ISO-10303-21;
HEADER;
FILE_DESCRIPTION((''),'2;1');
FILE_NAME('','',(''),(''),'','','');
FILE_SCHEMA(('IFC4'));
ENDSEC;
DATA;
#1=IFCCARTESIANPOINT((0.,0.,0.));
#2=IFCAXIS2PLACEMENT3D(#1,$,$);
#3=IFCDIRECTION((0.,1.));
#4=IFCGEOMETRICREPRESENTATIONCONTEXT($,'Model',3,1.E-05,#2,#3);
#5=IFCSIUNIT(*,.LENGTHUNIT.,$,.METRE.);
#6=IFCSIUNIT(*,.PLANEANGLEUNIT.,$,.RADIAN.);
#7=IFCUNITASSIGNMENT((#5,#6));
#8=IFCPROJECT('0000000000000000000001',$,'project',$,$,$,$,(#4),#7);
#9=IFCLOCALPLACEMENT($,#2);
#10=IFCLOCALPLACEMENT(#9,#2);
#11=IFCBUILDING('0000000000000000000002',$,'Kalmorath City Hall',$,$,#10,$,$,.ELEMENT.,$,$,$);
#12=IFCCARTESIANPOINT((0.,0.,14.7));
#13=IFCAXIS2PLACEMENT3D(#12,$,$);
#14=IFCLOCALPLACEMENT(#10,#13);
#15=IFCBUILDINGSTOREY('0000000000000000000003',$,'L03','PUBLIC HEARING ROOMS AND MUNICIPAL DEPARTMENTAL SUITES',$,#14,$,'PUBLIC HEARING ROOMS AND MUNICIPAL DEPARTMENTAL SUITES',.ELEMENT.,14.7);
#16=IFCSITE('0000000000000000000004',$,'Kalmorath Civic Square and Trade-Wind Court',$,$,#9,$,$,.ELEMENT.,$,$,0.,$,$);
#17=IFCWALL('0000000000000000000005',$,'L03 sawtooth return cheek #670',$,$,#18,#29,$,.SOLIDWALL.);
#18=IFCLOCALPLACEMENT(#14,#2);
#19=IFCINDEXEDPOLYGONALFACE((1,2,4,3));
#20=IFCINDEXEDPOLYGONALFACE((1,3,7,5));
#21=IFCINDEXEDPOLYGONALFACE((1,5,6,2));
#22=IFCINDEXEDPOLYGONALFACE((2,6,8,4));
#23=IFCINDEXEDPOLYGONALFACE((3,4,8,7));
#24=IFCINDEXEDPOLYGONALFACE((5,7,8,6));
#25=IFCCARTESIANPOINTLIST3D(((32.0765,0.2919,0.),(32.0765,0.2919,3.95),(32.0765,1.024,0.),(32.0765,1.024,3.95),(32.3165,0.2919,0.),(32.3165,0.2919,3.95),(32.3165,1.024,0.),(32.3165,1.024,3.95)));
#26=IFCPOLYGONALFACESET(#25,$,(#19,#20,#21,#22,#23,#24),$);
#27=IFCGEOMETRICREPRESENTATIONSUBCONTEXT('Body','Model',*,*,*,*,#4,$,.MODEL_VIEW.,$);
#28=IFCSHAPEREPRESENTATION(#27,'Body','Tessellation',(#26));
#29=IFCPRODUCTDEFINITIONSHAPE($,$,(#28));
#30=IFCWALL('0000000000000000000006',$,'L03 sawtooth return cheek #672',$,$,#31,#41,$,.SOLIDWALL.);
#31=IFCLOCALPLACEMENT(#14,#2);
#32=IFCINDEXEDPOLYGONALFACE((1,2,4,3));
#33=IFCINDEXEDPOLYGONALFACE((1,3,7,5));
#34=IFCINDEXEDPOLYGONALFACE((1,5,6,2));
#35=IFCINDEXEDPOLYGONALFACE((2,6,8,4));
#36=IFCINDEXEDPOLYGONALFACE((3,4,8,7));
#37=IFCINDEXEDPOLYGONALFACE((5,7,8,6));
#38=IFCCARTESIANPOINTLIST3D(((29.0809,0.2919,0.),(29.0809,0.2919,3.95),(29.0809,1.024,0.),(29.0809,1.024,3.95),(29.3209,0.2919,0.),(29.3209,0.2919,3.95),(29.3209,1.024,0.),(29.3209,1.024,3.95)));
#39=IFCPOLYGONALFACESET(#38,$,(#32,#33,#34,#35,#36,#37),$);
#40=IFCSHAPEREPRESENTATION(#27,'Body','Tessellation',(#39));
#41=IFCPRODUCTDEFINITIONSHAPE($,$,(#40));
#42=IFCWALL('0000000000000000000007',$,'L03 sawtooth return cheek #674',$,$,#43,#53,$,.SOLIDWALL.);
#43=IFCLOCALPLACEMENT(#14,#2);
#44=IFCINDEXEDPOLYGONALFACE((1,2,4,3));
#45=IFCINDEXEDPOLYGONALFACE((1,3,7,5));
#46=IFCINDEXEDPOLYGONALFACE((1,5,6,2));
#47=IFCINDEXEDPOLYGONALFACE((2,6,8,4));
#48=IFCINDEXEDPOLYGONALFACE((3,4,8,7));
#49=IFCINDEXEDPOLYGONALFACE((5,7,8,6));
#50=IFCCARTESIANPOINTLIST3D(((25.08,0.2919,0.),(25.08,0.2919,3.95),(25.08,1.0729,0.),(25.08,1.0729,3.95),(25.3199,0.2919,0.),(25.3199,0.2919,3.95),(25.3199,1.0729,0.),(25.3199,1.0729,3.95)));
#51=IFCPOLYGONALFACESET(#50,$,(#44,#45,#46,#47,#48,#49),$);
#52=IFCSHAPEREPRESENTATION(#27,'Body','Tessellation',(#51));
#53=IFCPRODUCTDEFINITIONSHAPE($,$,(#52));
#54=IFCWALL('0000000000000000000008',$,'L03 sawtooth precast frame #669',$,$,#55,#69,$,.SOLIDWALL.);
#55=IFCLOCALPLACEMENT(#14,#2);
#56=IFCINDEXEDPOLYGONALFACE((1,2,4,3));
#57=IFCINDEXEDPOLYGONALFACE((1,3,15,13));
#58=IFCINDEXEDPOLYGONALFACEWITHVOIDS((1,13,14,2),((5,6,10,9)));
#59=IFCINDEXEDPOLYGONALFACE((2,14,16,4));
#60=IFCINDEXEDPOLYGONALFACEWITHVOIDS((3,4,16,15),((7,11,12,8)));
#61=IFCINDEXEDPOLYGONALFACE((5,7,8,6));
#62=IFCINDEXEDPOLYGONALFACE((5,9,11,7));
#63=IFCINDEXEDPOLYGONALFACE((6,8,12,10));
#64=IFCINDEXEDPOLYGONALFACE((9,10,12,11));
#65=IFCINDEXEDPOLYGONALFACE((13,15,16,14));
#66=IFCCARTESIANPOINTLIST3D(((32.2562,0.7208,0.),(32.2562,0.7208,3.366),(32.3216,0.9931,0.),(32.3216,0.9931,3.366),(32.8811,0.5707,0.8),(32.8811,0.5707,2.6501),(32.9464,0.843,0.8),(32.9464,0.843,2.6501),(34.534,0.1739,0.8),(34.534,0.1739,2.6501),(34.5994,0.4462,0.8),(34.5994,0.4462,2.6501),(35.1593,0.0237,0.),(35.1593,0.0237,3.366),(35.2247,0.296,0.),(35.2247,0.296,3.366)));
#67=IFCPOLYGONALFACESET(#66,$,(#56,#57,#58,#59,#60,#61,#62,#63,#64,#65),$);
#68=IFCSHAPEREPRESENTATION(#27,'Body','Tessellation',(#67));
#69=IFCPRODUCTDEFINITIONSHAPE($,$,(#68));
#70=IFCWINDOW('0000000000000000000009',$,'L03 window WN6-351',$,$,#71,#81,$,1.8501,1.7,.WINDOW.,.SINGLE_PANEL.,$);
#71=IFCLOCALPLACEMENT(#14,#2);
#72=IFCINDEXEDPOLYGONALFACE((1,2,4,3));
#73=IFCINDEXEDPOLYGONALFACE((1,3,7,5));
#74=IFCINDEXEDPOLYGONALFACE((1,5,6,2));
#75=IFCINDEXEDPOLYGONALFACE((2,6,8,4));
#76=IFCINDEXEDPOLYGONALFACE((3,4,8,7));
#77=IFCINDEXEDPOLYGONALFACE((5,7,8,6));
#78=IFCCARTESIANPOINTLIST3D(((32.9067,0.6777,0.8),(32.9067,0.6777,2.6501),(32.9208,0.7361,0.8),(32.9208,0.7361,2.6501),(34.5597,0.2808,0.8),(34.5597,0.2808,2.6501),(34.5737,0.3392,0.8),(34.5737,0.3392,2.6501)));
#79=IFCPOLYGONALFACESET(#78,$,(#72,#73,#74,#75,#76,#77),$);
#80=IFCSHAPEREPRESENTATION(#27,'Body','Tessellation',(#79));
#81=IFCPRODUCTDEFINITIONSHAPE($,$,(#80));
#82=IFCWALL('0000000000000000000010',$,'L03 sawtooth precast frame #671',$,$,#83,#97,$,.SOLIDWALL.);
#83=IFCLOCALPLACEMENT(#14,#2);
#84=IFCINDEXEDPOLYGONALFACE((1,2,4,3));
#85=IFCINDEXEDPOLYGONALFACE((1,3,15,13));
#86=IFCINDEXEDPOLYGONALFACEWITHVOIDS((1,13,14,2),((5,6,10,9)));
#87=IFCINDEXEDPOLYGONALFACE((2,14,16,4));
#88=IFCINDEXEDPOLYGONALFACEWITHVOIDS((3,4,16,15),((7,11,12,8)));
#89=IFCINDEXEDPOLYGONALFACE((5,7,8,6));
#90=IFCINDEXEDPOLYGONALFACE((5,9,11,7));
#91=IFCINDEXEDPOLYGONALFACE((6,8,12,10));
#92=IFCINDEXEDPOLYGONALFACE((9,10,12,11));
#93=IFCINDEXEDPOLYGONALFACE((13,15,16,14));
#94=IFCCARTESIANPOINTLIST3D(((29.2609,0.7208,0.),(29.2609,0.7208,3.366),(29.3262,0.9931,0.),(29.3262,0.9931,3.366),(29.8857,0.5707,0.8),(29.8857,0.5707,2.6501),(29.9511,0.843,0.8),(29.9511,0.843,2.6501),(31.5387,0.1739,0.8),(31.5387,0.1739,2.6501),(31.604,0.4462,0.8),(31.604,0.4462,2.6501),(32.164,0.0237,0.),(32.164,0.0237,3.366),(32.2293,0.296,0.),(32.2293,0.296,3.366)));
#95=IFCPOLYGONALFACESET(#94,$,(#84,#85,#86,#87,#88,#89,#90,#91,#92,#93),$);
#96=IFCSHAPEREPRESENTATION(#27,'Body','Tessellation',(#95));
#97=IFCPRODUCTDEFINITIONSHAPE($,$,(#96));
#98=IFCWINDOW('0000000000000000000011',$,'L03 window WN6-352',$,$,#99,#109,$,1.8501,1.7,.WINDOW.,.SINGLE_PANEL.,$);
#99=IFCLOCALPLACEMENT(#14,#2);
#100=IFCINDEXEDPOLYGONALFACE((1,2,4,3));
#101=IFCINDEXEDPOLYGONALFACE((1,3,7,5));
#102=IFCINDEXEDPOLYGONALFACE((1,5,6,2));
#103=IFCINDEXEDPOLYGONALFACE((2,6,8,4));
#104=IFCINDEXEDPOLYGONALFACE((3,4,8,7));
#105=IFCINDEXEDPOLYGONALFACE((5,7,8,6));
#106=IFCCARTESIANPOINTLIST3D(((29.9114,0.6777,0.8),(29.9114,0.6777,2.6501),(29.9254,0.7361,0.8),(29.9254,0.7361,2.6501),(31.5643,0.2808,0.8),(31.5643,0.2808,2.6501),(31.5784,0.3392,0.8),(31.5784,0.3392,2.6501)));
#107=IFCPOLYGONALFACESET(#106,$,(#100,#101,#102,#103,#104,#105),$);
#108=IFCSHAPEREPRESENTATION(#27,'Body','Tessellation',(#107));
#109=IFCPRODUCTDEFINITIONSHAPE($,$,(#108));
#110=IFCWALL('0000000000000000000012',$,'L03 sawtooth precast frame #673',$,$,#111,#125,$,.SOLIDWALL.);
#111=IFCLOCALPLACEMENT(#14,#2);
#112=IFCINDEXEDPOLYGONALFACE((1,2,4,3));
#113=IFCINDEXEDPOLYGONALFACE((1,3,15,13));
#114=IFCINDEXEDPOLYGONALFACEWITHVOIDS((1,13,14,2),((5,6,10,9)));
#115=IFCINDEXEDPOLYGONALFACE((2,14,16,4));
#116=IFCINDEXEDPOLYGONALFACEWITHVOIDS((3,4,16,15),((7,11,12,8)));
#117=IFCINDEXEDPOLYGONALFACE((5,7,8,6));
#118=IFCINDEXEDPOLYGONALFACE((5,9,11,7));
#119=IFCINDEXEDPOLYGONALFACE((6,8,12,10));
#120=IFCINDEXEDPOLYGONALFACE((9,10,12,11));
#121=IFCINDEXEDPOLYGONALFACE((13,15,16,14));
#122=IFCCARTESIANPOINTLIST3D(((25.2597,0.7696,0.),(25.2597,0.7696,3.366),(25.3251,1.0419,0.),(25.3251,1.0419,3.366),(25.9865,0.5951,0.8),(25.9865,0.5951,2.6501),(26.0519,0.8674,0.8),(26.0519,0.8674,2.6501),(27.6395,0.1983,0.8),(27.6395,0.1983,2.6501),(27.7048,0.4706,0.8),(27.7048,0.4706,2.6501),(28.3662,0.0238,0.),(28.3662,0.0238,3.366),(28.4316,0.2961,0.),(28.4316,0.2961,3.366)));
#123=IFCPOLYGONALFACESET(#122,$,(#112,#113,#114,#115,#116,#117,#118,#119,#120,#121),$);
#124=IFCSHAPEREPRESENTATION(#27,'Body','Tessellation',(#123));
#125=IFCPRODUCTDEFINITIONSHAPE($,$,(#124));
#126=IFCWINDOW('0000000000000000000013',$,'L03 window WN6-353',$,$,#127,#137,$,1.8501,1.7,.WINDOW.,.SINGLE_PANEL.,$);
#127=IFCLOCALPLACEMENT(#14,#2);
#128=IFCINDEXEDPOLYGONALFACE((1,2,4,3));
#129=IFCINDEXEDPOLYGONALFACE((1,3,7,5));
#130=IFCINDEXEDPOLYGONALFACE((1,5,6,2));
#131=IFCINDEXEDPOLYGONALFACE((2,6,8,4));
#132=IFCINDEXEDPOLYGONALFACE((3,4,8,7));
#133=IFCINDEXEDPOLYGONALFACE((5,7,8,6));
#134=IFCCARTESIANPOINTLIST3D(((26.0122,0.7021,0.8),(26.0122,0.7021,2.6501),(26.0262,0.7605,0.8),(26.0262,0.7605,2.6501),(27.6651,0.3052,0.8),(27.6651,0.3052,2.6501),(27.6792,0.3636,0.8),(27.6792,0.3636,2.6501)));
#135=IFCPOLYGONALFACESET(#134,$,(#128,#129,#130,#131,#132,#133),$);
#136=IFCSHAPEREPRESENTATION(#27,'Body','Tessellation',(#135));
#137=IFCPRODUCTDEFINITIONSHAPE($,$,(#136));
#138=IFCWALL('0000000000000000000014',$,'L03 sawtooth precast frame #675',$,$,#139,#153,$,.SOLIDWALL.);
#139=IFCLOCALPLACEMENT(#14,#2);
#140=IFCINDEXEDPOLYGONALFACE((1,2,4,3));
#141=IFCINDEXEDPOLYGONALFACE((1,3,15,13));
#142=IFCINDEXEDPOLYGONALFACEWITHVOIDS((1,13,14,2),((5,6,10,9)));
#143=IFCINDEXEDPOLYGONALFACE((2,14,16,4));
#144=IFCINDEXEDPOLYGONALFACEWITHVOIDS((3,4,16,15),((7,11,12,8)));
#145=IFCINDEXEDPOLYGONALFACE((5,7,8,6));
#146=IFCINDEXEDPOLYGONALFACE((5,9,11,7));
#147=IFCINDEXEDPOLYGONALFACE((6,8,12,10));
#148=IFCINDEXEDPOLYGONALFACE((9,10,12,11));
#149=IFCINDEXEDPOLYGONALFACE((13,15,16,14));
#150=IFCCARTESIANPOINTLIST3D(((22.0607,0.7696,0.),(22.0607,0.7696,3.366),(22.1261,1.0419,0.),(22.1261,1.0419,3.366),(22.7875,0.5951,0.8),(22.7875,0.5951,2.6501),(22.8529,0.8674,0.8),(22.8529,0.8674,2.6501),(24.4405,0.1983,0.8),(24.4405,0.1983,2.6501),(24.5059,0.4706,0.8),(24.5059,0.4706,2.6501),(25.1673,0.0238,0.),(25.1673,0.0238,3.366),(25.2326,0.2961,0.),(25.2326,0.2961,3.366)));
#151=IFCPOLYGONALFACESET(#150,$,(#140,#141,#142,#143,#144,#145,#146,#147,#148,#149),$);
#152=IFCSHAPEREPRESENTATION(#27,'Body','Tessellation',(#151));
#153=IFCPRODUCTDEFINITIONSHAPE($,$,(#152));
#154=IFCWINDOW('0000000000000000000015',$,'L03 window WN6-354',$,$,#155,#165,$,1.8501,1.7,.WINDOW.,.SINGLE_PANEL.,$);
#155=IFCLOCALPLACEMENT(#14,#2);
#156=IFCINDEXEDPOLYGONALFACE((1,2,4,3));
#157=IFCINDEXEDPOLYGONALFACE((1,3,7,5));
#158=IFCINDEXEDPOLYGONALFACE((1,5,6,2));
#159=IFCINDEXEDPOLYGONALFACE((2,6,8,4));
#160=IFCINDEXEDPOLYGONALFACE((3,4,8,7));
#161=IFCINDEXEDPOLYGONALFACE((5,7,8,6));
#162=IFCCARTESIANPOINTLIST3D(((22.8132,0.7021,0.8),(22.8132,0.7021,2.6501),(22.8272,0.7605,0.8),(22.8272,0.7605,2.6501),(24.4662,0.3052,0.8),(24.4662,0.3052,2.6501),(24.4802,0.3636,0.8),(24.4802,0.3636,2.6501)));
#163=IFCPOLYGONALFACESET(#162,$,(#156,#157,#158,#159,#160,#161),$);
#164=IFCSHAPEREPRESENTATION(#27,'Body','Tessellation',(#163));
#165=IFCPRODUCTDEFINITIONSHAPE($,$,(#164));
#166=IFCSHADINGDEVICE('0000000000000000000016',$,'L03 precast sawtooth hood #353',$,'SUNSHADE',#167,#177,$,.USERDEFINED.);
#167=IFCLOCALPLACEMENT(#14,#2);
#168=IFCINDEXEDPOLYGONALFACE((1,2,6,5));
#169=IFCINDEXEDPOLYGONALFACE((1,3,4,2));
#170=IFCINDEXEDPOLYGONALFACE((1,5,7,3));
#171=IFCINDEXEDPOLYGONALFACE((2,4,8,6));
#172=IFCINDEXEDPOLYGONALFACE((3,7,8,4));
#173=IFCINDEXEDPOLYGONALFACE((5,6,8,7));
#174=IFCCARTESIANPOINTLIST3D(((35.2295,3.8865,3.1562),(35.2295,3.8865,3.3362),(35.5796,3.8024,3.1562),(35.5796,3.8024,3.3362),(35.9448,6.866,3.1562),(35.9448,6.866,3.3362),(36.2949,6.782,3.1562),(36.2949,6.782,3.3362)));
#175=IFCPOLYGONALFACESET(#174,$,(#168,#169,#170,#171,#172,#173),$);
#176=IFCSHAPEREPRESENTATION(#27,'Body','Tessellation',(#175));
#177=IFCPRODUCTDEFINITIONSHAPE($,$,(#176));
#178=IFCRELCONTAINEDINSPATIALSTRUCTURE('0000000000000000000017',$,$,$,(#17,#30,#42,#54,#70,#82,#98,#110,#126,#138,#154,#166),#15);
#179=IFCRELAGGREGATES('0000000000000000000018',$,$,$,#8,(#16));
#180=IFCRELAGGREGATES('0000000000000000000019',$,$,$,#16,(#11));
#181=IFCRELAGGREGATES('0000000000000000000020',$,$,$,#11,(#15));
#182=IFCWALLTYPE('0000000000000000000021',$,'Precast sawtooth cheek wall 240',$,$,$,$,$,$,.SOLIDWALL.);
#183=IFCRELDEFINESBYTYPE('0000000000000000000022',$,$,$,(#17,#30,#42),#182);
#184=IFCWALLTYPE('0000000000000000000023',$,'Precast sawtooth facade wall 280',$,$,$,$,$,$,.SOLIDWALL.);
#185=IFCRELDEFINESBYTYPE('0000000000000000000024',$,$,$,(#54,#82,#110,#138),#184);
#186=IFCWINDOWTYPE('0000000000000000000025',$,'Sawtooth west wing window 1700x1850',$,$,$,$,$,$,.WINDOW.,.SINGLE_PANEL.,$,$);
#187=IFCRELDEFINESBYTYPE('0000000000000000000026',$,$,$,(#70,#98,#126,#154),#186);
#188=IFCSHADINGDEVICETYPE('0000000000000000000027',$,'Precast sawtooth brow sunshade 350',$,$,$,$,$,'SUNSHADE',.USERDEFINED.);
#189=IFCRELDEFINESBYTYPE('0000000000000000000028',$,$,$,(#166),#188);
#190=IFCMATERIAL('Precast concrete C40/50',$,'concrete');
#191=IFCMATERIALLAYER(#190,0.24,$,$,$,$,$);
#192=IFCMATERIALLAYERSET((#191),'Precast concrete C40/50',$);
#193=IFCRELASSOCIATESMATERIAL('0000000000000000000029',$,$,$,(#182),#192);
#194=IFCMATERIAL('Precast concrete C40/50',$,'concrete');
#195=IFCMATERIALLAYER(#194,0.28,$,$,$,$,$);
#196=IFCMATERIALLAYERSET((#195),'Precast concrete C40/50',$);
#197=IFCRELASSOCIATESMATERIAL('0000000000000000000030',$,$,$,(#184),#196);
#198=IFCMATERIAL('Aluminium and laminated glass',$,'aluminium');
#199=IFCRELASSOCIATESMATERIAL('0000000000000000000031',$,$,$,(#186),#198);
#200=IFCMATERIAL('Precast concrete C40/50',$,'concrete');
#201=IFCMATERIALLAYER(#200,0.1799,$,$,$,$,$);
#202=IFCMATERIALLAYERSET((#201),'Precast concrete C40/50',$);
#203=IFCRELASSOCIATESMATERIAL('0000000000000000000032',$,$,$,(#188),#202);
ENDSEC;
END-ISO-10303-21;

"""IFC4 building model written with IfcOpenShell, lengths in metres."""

from ifc_helpers import new_model, si_unit, direction, frame, frame_2d, origin, origin_2d, place, context, subcontext, project, spatial, rectangle, extrude, material, layer, layer_set, type_object, element, fill, save


model = new_model("IFC4")

# Units and contexts
model_context = context("Model", 3, precision=1e-05, world=origin(), true_north=direction((0.0, 1.0)))
body_context = subcontext(model_context, "Body", "Model", "MODEL_VIEW")
ifc_project = project(units=[si_unit("LENGTHUNIT", "METRE"), si_unit("PLANEANGLEUNIT", "RADIAN")], contexts=[model_context])

# Site, building, storey
site_placement = place(None, origin())
site = spatial("IfcSite", under=ifc_project, at=site_placement, Name="Kalmorath Civic Square and Trade-Wind Court", CompositionType="ELEMENT", RefElevation=0.0)
building_placement = place(site_placement, origin())
building = spatial("IfcBuilding", under=site, at=building_placement, Name="Kalmorath City Hall", CompositionType="ELEMENT")
storey_placement = place(building_placement, frame((0.0, 0.0, 14.7)))
storey = spatial("IfcBuildingStorey", under=building, at=storey_placement, Name="L03", Description="PUBLIC HEARING ROOMS AND MUNICIPAL DEPARTMENTAL SUITES", LongName="PUBLIC HEARING ROOMS AND MUNICIPAL DEPARTMENTAL SUITES", CompositionType="ELEMENT", Elevation=14.7)

# Walls
ifc_material_1 = material(Name="Precast concrete C40/50", Category="concrete")
ifc_layer_1 = layer(ifc_material_1, 0.24)
ifc_layer_set_1 = layer_set([ifc_layer_1], Name="Precast concrete C40/50")
wall_type_1 = type_object("IfcWallType", Name="Precast sawtooth cheek wall 240", PredefinedType="SOLIDWALL", material=ifc_layer_set_1)
for number, where, z_axis, x_axis, name in (
    (1, (32.1965, 1.0242, 0.0), (0.0, 0.0, 1.0), (0.0, -1.0, 0.0), "L03 sawtooth return cheek #670"),
    (2, (29.2009, 1.0242, 0.0), (0.0, 0.0, 1.0), (0.0, -1.0, 0.0), "L03 sawtooth return cheek #672"),
):
    element("IfcWall", number, at=place(storey_placement, frame(where, z_axis=z_axis, x_axis=x_axis)), inside=storey, type_object=wall_type_1, Name=name, PredefinedType="SOLIDWALL", context=body_context, shape_type="SweptSolid", body=[
        extrude(rectangle(XDim=0.7322, YDim=0.24, at=frame_2d((0.3662, 0.0))), origin(), (0.0, 0.0, 1.0), 3.95),
    ])
wall_1_placement = place(storey_placement, frame((25.2, 1.073, 0.0), z_axis=(0.0, 0.0, 1.0), x_axis=(0.0, -1.0, 0.0)))
element("IfcWall", 3, at=wall_1_placement, inside=storey, type_object=wall_type_1, Name="L03 sawtooth return cheek #674", PredefinedType="SOLIDWALL", context=body_context, shape_type="SweptSolid", body=[
    extrude(rectangle(XDim=0.781, YDim=0.24, at=frame_2d((0.3906, 0.0))), origin(), (0.0, 0.0, 1.0), 3.95),
])

# Walls, openings, windows
ifc_material_2 = material(Name="Precast concrete C40/50", Category="concrete")
ifc_layer_2 = layer(ifc_material_2, 0.28)
ifc_layer_set_2 = layer_set([ifc_layer_2], Name="Precast concrete C40/50")
wall_type_2 = type_object("IfcWallType", Name="Precast sawtooth facade wall 280", PredefinedType="SOLIDWALL", material=ifc_layer_set_2)
wall_2_placement = place(storey_placement, frame((35.1919, 0.1599, 0.0), z_axis=(0.0, 0.0, 1.0), x_axis=(-0.972366, 0.233463, 0.0)))
wall_2 = element("IfcWall", 4, at=wall_2_placement, inside=storey, type_object=wall_type_2, Name="L03 sawtooth precast frame #669", PredefinedType="SOLIDWALL", context=body_context, shape_type="SweptSolid", body=[
    extrude(rectangle(XDim=2.9856, YDim=0.28, at=frame_2d((1.4927, 0.0))), origin(), (0.0, 0.0, 1.0), 3.366),
])
opening_1_placement = place(wall_2_placement, frame((0.6428, 0.0, 0.8)))
opening_1 = element("IfcOpeningElement", 5, at=opening_1_placement, cuts=wall_2, PredefinedType="OPENING", context=body_context, shape_type="SweptSolid", body=[
    extrude(rectangle(XDim=1.7, YDim=1.8501, at=frame_2d((0.8501, 0.925))), frame((0.0, 0.1499, 0.0), z_axis=(0.0, -1.0, 0.0), x_axis=(1.0, 0.0, 0.0)), (0.0, 0.0, 1.0), 0.3),
])
ifc_material_3 = material(Name="Aluminium and laminated glass", Category="aluminium")
window_type = type_object("IfcWindowType", Name="Sawtooth west wing window 1700x1850", PartitioningType="SINGLE_PANEL", PredefinedType="WINDOW", material=ifc_material_3)
window_1_placement = place(opening_1_placement, origin())
window_1 = element("IfcWindow", 6, at=window_1_placement, inside=storey, type_object=window_type, Name="L03 window WN6-351", OverallHeight=1.8501, OverallWidth=1.7, PartitioningType="SINGLE_PANEL", PredefinedType="WINDOW", context=body_context, shape_type="SweptSolid", body=[
    extrude(rectangle(XDim=1.7, YDim=1.8501, at=frame_2d((0.8501, 0.925))), frame((0.0, 0.03, 0.0), z_axis=(0.0, -1.0, 0.0), x_axis=(1.0, 0.0, 0.0)), (0.0, 0.0, 1.0), 0.0601),
])
fill(opening_1, window_1)
wall_3_placement = place(storey_placement, frame((32.1965, 0.1599, 0.0), z_axis=(0.0, 0.0, 1.0), x_axis=(-0.972366, 0.233463, 0.0)))
wall_3 = element("IfcWall", 7, at=wall_3_placement, inside=storey, type_object=wall_type_2, Name="L03 sawtooth precast frame #671", PredefinedType="SOLIDWALL", context=body_context, shape_type="SweptSolid", body=[
    extrude(rectangle(XDim=2.9856, YDim=0.28, at=frame_2d((1.4927, 0.0))), origin(), (0.0, 0.0, 1.0), 3.366),
])
opening_2_placement = place(wall_3_placement, frame((0.6428, 0.0, 0.8)))
opening_2 = element("IfcOpeningElement", 8, at=opening_2_placement, cuts=wall_3, PredefinedType="OPENING", context=body_context, shape_type="SweptSolid", body=[
    extrude(rectangle(XDim=1.7, YDim=1.8501, at=frame_2d((0.8501, 0.925))), frame((0.0, 0.1499, 0.0), z_axis=(0.0, -1.0, 0.0), x_axis=(1.0, 0.0, 0.0)), (0.0, 0.0, 1.0), 0.3),
])
window_2_placement = place(opening_2_placement, origin())
window_2 = element("IfcWindow", 9, at=window_2_placement, inside=storey, type_object=window_type, Name="L03 window WN6-352", OverallHeight=1.8501, OverallWidth=1.7, PartitioningType="SINGLE_PANEL", PredefinedType="WINDOW", context=body_context, shape_type="SweptSolid", body=[
    extrude(rectangle(XDim=1.7, YDim=1.8501, at=frame_2d((0.8501, 0.925))), frame((0.0, 0.03, 0.0), z_axis=(0.0, -1.0, 0.0), x_axis=(1.0, 0.0, 0.0)), (0.0, 0.0, 1.0), 0.0601),
])
fill(opening_2, window_2)
wall_4_placement = place(storey_placement, frame((28.3989, 0.1599, 0.0), z_axis=(0.0, 0.0, 1.0), x_axis=(-0.972366, 0.233463, 0.0)))
wall_4 = element("IfcWall", 10, at=wall_4_placement, inside=storey, type_object=wall_type_2, Name="L03 sawtooth precast frame #673", PredefinedType="SOLIDWALL", context=body_context, shape_type="SweptSolid", body=[
    extrude(rectangle(XDim=3.1948, YDim=0.28, at=frame_2d((1.5974, 0.0))), origin(), (0.0, 0.0, 1.0), 3.366),
])
opening_3_placement = place(wall_4_placement, frame((0.7473, 0.0, 0.8)))
opening_3 = element("IfcOpeningElement", 11, at=opening_3_placement, cuts=wall_4, PredefinedType="OPENING", context=body_context, shape_type="SweptSolid", body=[
    extrude(rectangle(XDim=1.7, YDim=1.8501, at=frame_2d((0.8501, 0.925))), frame((0.0, 0.1499, 0.0), z_axis=(0.0, -1.0, 0.0), x_axis=(1.0, 0.0, 0.0)), (0.0, 0.0, 1.0), 0.3),
])
window_3_placement = place(opening_3_placement, origin())
window_3 = element("IfcWindow", 12, at=window_3_placement, inside=storey, type_object=window_type, Name="L03 window WN6-353", OverallHeight=1.8501, OverallWidth=1.7, PartitioningType="SINGLE_PANEL", PredefinedType="WINDOW", context=body_context, shape_type="SweptSolid", body=[
    extrude(rectangle(XDim=1.7, YDim=1.8501, at=frame_2d((0.8501, 0.925))), frame((0.0, 0.03, 0.0), z_axis=(0.0, -1.0, 0.0), x_axis=(1.0, 0.0, 0.0)), (0.0, 0.0, 1.0), 0.0601),
])
fill(opening_3, window_3)
wall_5_placement = place(storey_placement, frame((25.2, 0.1599, 0.0), z_axis=(0.0, 0.0, 1.0), x_axis=(-0.972366, 0.233463, 0.0)))
wall_5 = element("IfcWall", 13, at=wall_5_placement, inside=storey, type_object=wall_type_2, Name="L03 sawtooth precast frame #675", PredefinedType="SOLIDWALL", context=body_context, shape_type="SweptSolid", body=[
    extrude(rectangle(XDim=3.1948, YDim=0.28, at=frame_2d((1.5974, 0.0))), origin(), (0.0, 0.0, 1.0), 3.366),
])
opening_4_placement = place(wall_5_placement, frame((0.7473, 0.0, 0.8)))
opening_4 = element("IfcOpeningElement", 14, at=opening_4_placement, cuts=wall_5, PredefinedType="OPENING", context=body_context, shape_type="SweptSolid", body=[
    extrude(rectangle(XDim=1.7, YDim=1.8501, at=frame_2d((0.8501, 0.925))), frame((0.0, 0.1499, 0.0), z_axis=(0.0, -1.0, 0.0), x_axis=(1.0, 0.0, 0.0)), (0.0, 0.0, 1.0), 0.3),
])
window_4_placement = place(opening_4_placement, origin())
window_4 = element("IfcWindow", 15, at=window_4_placement, inside=storey, type_object=window_type, Name="L03 window WN6-354", OverallHeight=1.8501, OverallWidth=1.7, PartitioningType="SINGLE_PANEL", PredefinedType="WINDOW", context=body_context, shape_type="SweptSolid", body=[
    extrude(rectangle(XDim=1.7, YDim=1.8501, at=frame_2d((0.8501, 0.925))), frame((0.0, 0.03, 0.0), z_axis=(0.0, -1.0, 0.0), x_axis=(1.0, 0.0, 0.0)), (0.0, 0.0, 1.0), 0.0601),
])
fill(opening_4, window_4)

# Shading device
ifc_material_4 = material(Name="Precast concrete C40/50", Category="concrete")
ifc_layer_3 = layer(ifc_material_4, 0.1799)
ifc_layer_set_3 = layer_set([ifc_layer_3], Name="Precast concrete C40/50")
shading_device_type = type_object("IfcShadingDeviceType", Name="Precast sawtooth brow sunshade 350", ElementType="SUNSHADE", PredefinedType="USERDEFINED", material=ifc_layer_set_3)
for number, where, z_axis, x_axis, name in (
    (16, (35.7622, 5.3342, 3.1562), (0.0, 0.0, 1.0), (-0.233445, -0.97237, 0.0), "L03 precast sawtooth hood #353"),
):
    element("IfcShadingDevice", number, at=place(storey_placement, frame(where, z_axis=z_axis, x_axis=x_axis)), inside=storey, type_object=shading_device_type, Name=name, ObjectType="SUNSHADE", PredefinedType="USERDEFINED", context=body_context, shape_type="SweptSolid", body=[
        extrude(rectangle(XDim=3.0642, YDim=0.3601, at=origin_2d()), origin(), (0.0, 0.0, 1.0), 0.1799),
    ])

save(model, "model.ifc")
